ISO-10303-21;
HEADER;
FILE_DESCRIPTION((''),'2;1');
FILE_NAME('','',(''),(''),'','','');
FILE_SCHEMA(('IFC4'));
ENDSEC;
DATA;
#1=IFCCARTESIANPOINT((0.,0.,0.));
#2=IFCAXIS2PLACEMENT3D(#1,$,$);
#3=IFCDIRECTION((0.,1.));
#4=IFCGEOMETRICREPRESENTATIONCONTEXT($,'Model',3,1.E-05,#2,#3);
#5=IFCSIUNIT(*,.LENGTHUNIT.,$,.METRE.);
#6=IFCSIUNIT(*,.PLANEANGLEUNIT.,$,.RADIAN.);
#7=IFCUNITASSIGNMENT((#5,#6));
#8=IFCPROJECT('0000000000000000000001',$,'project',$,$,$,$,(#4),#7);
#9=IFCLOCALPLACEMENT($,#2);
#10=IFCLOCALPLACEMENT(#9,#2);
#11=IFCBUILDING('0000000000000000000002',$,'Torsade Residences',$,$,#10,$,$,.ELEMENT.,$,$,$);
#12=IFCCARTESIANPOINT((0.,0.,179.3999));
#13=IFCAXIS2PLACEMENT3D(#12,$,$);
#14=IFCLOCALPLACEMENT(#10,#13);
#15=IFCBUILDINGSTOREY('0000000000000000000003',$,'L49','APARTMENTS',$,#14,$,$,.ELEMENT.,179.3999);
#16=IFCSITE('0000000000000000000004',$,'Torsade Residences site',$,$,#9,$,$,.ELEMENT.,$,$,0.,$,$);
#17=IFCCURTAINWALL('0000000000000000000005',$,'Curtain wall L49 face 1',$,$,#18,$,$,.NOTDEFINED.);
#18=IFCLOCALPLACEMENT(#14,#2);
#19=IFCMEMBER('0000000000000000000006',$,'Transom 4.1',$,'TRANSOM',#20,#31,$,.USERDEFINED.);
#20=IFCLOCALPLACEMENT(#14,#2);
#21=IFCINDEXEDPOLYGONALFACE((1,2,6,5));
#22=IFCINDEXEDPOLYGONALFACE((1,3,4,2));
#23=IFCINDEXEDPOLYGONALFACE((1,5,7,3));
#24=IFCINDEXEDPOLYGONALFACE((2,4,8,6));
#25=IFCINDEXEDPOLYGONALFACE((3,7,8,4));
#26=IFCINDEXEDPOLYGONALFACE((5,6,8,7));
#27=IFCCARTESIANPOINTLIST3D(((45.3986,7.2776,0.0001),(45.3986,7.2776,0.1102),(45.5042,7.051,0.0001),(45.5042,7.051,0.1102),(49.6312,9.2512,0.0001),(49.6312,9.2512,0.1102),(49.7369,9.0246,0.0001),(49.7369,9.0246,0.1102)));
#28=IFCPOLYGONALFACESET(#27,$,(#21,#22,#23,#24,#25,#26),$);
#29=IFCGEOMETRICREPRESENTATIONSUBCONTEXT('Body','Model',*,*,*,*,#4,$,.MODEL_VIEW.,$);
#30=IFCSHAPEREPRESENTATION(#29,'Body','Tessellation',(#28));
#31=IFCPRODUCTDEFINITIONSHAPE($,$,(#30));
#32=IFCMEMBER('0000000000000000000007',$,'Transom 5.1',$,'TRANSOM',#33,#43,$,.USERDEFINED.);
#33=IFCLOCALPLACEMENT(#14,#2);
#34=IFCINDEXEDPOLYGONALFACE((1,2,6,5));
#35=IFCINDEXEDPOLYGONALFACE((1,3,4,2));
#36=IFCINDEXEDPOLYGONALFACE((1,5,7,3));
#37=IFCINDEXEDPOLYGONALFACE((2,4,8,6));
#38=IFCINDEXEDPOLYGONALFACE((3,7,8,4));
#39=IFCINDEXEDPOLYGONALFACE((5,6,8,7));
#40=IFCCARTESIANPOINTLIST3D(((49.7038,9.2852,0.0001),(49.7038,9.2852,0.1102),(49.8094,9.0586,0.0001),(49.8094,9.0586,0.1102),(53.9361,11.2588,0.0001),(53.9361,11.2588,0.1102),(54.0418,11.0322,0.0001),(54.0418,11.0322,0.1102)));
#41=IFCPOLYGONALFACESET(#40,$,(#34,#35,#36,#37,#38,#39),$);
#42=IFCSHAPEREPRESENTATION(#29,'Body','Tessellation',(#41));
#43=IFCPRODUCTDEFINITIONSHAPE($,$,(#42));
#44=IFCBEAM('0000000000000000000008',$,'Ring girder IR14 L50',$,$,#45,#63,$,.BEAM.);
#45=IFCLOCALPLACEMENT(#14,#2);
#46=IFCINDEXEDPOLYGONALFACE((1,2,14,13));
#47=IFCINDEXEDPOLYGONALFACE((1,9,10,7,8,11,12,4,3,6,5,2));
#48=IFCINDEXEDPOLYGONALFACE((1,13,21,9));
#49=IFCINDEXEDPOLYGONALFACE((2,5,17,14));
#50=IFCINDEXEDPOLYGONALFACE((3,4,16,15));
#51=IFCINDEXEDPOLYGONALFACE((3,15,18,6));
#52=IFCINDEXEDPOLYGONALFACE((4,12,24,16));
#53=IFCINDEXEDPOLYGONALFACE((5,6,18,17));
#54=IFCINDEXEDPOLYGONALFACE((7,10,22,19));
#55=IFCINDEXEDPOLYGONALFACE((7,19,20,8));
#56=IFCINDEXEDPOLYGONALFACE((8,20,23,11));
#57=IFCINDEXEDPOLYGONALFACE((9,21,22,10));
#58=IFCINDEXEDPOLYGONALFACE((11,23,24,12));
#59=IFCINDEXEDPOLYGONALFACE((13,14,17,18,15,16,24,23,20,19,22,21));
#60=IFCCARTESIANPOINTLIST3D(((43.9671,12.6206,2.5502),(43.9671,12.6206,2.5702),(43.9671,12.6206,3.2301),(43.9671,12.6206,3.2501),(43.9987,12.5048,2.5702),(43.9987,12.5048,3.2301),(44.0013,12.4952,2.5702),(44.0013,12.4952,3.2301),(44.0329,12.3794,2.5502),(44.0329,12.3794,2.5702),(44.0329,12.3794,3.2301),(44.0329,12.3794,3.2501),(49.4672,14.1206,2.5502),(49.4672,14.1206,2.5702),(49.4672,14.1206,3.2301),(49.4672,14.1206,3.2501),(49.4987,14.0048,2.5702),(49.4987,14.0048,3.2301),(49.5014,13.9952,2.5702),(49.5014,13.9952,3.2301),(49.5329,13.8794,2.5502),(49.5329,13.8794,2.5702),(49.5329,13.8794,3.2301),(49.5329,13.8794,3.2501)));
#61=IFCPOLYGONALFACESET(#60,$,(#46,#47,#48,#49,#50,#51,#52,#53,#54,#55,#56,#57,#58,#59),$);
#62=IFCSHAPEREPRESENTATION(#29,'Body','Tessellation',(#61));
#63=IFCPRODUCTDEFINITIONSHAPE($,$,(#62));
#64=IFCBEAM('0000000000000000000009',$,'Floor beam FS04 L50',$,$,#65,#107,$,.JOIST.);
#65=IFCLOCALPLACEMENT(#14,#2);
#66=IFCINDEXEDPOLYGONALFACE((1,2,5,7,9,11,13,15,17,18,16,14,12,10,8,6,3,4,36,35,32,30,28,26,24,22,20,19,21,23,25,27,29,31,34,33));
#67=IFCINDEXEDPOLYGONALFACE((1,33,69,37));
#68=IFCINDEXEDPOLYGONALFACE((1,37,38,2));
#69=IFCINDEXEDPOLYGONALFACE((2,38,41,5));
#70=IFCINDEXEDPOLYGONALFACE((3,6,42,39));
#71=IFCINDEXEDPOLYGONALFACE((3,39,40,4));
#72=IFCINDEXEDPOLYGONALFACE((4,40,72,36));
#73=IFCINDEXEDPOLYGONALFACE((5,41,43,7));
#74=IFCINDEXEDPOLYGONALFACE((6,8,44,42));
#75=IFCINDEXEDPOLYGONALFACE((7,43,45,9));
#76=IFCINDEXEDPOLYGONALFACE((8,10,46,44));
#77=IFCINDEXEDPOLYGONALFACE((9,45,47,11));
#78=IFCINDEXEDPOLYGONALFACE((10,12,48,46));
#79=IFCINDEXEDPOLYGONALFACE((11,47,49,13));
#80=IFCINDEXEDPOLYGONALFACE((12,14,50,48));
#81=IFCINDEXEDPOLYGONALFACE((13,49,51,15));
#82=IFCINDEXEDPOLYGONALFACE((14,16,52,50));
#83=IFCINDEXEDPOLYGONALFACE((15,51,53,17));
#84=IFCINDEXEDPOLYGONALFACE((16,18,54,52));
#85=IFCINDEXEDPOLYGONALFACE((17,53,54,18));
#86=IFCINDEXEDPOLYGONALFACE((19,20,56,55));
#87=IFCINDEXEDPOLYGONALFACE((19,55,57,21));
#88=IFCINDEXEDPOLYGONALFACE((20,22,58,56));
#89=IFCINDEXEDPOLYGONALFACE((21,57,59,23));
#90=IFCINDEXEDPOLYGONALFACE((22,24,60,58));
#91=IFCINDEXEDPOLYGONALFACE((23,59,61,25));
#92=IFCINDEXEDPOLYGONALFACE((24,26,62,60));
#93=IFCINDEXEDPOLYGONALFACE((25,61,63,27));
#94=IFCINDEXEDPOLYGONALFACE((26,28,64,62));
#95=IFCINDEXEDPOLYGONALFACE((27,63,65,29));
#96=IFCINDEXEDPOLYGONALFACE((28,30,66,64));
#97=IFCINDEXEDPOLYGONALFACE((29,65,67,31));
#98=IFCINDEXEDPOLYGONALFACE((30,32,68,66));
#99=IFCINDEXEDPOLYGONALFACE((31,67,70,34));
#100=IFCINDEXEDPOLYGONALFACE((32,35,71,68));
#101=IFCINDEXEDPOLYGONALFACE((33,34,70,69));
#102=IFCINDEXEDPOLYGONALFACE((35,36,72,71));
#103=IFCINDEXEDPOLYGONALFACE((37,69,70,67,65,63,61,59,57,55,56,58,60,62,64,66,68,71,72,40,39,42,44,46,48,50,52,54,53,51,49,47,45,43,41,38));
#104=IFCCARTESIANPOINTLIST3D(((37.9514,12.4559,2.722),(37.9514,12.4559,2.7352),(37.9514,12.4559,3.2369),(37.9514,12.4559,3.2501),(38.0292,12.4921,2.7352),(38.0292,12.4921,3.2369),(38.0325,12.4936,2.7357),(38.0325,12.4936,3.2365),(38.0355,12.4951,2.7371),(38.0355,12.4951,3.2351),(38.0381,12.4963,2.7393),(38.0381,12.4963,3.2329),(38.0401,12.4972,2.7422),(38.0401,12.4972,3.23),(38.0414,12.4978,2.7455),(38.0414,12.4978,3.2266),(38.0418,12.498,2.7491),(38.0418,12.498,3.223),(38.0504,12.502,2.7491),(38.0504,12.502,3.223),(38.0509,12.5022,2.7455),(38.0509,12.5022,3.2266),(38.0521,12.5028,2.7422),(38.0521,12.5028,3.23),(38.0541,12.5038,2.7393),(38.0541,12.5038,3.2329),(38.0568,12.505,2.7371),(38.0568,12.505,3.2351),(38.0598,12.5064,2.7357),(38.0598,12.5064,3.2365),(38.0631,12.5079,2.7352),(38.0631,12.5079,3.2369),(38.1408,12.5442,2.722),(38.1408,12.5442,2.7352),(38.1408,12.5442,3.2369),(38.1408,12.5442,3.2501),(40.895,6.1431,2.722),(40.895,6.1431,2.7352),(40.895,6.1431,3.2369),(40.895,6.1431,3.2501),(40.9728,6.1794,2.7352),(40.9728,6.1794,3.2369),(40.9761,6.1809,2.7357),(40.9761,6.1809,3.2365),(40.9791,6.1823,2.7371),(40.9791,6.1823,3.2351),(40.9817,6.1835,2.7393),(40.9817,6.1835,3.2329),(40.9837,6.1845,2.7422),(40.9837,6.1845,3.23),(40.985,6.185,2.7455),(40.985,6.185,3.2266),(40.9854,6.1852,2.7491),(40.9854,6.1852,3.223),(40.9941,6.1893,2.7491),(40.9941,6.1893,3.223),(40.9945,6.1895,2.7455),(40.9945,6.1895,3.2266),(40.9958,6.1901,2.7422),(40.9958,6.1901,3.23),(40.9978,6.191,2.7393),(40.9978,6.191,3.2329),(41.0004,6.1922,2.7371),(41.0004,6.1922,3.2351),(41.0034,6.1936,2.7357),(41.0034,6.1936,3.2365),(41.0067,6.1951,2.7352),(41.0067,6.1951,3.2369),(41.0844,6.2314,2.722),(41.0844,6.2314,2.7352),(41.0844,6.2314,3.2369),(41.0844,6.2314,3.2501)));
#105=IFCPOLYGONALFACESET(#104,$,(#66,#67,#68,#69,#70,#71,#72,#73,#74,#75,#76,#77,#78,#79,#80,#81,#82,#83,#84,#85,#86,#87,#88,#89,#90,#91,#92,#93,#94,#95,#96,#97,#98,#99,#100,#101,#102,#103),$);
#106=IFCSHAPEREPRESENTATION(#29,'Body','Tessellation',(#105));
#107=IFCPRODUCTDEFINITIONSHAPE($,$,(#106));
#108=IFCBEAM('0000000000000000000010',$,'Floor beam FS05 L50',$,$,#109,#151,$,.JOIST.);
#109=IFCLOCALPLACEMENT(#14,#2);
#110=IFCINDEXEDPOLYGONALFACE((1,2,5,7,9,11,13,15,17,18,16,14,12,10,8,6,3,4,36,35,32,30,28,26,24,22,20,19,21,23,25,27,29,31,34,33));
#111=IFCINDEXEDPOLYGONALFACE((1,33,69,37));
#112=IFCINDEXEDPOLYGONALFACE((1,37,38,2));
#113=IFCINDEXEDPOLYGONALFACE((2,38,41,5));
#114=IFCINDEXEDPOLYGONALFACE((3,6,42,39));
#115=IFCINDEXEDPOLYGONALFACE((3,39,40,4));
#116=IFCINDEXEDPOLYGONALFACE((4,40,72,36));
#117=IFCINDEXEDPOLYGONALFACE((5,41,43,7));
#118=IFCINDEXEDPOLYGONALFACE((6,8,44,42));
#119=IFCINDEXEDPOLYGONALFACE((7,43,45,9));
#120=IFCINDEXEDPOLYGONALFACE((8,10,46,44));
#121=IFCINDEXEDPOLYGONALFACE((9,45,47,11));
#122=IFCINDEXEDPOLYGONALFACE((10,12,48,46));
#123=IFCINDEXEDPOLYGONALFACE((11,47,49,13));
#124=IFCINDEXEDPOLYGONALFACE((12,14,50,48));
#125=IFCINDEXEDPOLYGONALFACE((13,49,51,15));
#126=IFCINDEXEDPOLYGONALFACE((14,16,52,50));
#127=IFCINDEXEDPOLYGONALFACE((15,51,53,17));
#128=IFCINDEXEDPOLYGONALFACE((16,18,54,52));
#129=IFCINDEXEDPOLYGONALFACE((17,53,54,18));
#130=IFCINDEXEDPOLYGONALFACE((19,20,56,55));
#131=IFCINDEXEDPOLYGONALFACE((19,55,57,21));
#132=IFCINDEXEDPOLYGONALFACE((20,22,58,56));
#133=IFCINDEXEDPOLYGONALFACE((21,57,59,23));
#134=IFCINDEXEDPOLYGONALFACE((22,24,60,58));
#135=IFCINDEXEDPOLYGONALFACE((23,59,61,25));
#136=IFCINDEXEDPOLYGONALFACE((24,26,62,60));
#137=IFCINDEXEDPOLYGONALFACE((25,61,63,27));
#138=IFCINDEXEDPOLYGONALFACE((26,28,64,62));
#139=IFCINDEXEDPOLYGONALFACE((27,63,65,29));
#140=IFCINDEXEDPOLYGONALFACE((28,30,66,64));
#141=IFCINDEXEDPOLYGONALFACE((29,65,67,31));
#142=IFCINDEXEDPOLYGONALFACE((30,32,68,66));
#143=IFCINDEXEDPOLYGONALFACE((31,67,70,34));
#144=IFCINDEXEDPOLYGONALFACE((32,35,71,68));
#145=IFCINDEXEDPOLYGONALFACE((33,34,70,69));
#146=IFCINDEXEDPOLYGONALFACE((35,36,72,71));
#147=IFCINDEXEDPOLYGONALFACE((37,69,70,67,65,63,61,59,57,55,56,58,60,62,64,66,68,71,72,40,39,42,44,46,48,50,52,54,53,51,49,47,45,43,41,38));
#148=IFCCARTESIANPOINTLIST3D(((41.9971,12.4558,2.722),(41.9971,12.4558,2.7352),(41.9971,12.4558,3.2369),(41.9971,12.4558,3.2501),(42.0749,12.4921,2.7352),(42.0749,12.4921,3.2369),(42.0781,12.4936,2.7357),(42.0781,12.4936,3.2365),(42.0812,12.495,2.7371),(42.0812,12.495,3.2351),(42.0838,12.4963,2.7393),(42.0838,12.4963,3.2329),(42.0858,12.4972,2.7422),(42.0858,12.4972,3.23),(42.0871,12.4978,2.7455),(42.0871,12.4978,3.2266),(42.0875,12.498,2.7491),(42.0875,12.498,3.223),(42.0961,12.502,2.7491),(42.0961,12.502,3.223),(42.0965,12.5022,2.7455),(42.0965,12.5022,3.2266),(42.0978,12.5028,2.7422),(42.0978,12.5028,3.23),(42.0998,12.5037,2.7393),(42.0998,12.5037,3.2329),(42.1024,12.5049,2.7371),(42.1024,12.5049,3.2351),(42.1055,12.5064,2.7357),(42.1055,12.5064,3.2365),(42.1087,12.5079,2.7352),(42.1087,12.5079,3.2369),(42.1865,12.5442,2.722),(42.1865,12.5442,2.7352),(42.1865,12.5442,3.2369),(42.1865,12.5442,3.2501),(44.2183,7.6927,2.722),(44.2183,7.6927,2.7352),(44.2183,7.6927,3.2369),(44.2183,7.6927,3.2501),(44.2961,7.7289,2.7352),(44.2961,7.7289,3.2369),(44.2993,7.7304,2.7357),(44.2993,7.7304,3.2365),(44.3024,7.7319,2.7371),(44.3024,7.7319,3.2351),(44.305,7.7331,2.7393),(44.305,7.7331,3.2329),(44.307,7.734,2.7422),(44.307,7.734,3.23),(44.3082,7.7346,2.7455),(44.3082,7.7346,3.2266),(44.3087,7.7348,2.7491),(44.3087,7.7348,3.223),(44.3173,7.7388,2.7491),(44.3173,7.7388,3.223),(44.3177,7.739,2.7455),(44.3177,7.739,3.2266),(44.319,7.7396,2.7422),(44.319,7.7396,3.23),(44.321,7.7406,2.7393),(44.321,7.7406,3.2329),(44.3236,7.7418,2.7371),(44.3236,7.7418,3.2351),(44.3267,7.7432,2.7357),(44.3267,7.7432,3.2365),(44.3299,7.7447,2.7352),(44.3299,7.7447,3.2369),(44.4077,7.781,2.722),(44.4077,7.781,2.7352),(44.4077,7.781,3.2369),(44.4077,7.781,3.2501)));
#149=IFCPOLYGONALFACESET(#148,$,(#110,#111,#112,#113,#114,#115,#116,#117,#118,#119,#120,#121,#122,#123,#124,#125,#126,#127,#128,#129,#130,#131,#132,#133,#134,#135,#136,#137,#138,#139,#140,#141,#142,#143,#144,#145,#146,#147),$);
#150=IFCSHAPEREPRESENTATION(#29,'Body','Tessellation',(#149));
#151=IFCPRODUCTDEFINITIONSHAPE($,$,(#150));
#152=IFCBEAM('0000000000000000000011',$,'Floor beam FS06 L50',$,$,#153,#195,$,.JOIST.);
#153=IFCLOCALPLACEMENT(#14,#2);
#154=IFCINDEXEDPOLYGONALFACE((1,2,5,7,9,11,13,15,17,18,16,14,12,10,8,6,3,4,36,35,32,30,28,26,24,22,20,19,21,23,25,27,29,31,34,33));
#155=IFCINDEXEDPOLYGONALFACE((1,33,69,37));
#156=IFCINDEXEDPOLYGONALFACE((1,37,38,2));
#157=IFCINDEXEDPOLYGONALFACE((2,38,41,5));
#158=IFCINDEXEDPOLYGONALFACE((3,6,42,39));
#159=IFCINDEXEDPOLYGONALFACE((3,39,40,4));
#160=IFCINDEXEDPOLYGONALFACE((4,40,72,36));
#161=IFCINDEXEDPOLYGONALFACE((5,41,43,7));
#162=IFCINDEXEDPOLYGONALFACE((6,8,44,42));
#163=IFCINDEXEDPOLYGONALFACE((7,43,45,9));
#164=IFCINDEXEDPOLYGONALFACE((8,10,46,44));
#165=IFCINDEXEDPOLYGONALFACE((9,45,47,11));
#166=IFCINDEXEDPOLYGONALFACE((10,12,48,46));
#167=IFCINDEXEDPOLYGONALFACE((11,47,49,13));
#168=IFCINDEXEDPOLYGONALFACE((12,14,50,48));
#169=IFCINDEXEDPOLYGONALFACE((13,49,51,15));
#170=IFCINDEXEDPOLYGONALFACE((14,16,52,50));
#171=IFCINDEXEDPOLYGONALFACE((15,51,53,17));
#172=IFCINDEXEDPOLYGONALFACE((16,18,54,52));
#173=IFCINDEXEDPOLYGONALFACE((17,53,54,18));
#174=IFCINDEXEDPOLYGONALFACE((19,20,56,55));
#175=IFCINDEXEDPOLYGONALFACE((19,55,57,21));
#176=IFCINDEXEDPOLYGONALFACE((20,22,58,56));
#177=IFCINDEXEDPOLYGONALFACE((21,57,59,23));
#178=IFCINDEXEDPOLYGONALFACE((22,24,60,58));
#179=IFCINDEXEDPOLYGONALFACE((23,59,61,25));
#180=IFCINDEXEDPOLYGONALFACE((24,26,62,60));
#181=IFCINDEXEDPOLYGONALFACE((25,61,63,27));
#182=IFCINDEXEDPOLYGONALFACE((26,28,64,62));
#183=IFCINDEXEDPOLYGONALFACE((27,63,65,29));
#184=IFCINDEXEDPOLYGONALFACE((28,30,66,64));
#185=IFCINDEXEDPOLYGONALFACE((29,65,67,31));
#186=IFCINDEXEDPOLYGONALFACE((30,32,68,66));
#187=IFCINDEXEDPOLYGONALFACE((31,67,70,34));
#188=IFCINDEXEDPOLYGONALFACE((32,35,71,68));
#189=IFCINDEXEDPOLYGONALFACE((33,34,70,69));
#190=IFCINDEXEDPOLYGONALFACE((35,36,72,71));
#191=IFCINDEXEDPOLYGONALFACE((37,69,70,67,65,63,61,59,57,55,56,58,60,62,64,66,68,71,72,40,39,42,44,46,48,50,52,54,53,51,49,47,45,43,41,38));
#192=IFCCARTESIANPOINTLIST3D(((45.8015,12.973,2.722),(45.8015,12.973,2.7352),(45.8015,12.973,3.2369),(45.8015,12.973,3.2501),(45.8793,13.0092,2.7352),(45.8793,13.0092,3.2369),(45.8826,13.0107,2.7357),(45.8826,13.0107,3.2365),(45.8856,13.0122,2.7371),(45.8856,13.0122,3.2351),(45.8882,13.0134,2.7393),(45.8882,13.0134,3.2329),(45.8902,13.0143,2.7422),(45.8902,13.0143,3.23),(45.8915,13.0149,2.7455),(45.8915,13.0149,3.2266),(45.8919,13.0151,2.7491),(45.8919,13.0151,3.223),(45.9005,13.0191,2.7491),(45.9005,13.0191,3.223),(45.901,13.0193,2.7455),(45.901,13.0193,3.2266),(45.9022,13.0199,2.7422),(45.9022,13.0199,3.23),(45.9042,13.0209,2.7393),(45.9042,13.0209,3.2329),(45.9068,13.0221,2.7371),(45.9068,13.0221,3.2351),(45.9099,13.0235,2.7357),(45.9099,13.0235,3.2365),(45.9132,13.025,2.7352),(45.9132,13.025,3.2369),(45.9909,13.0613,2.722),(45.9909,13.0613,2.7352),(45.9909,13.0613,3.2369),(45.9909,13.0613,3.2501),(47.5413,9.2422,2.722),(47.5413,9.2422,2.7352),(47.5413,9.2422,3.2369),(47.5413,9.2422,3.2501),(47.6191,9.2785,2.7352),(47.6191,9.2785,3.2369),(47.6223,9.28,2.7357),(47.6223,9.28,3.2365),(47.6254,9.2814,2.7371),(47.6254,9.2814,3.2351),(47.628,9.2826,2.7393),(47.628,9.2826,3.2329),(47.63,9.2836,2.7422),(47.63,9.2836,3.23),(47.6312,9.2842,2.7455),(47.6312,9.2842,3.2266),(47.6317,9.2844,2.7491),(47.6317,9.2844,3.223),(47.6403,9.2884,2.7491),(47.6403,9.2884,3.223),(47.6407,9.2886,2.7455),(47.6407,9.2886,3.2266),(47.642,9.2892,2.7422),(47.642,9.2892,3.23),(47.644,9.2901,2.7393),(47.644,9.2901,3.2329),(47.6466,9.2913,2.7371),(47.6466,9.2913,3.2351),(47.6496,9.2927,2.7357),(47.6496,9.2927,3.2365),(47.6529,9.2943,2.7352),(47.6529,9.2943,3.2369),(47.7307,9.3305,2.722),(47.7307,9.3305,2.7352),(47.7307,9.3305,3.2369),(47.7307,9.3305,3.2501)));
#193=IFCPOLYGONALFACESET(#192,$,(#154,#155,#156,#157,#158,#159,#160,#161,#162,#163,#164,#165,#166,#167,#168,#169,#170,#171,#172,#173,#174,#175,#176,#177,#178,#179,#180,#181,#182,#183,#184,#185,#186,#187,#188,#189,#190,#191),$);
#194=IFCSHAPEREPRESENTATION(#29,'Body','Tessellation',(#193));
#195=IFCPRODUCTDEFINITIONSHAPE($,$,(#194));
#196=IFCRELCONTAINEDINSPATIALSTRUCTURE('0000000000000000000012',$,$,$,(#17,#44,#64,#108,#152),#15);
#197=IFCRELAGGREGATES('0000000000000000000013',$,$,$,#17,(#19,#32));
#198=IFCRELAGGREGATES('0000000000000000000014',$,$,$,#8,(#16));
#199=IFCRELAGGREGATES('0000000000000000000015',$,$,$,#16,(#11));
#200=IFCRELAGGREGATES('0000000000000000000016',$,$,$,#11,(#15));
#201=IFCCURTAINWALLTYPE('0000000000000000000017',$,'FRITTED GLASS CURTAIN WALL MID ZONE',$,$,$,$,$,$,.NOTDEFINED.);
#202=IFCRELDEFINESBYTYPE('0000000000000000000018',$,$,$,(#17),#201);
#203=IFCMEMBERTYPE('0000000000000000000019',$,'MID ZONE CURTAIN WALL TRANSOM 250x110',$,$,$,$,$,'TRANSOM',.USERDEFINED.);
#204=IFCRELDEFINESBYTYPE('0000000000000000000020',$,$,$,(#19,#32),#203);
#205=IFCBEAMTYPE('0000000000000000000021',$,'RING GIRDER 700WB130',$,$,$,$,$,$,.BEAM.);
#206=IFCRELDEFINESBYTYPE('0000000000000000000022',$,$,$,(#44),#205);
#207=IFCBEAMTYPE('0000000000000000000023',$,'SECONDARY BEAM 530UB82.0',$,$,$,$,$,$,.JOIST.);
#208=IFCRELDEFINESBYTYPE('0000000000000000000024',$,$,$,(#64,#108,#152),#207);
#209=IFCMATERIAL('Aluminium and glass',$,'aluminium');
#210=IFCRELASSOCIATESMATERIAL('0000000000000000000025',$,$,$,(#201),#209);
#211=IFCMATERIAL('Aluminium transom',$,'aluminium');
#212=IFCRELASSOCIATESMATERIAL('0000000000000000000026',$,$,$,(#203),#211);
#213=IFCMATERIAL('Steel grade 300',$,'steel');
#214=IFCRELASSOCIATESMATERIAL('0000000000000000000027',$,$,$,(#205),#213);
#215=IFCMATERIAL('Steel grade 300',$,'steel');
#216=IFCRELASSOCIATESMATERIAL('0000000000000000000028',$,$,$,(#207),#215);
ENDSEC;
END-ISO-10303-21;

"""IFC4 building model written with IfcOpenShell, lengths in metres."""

from ifc_helpers import new_model, si_unit, direction, frame, origin, origin_2d, place, context, subcontext, project, spatial, rectangle, i_section, extrude, material, material_profile, profile_set, type_object, element, aggregate, save


model = new_model("IFC4")

# Units and contexts
model_context = context("Model", 3, precision=1e-05, world=origin(), true_north=direction((0.0, 1.0)))
body_context = subcontext(model_context, "Body", "Model", "MODEL_VIEW")
ifc_project = project(units=[si_unit("LENGTHUNIT", "METRE"), si_unit("PLANEANGLEUNIT", "RADIAN")], contexts=[model_context])

# Site, building, storey
site_placement = place(None, origin())
site = spatial("IfcSite", under=ifc_project, at=site_placement, Name="Torsade Residences site", CompositionType="ELEMENT", RefElevation=0.0)
building_placement = place(site_placement, origin())
building = spatial("IfcBuilding", under=site, at=building_placement, Name="Torsade Residences", CompositionType="ELEMENT")
storey_placement = place(building_placement, frame((0.0, 0.0, 179.3999)))
storey = spatial("IfcBuildingStorey", under=building, at=storey_placement, Name="L49", Description="APARTMENTS", CompositionType="ELEMENT", Elevation=179.3999)

# Curtain wall, members
ifc_material_1 = material(Name="Aluminium and glass", Category="aluminium")
curtain_wall_type = type_object("IfcCurtainWallType", Name="FRITTED GLASS CURTAIN WALL MID ZONE", PredefinedType="NOTDEFINED", material=ifc_material_1)
curtain_wall_placement = place(storey_placement, origin())
curtain_wall = element("IfcCurtainWall", 1, at=curtain_wall_placement, inside=storey, type_object=curtain_wall_type, Name="Curtain wall L49 face 1", PredefinedType="NOTDEFINED")
ifc_material_2 = material(Name="Aluminium transom", Category="aluminium")
ifc_material_profile_1 = material_profile(ifc_material_2, rectangle(XDim=0.25, YDim=0.1101, at=origin_2d()), Name="MID ZONE CURTAIN WALL TRANSOM 250x110")
ifc_profile_set_1 = profile_set([ifc_material_profile_1], Name="Aluminium transom")
member_type_1 = type_object("IfcMemberType", Name="MID ZONE CURTAIN WALL TRANSOM 250x110", ElementType="TRANSOM", PredefinedType="USERDEFINED", material=ifc_profile_set_1)
member_1_placement = place(storey_placement, frame((45.4514, 7.1643, 0.0552), z_axis=(0.906315, 0.422602, 0.0), x_axis=(-0.422602, 0.906315, 0.0)))
member_1 = element("IfcMember", 2, at=member_1_placement, type_object=member_type_1, Name="Transom 4.1", ObjectType="TRANSOM", PredefinedType="USERDEFINED", context=body_context, shape_type="SweptSolid", body=[
    extrude(rectangle(XDim=0.25, YDim=0.1101, at=origin_2d()), origin(), (0.0, 0.0, 1.0), 4.6702),
])
member_2_placement = place(storey_placement, frame((49.7566, 9.1719, 0.0552), z_axis=(0.906306, 0.422622, 0.0), x_axis=(-0.422622, 0.906306, 0.0)))
member_2 = element("IfcMember", 3, at=member_2_placement, type_object=member_type_1, Name="Transom 5.1", ObjectType="TRANSOM", PredefinedType="USERDEFINED", context=body_context, shape_type="SweptSolid", body=[
    extrude(rectangle(XDim=0.25, YDim=0.1101, at=origin_2d()), origin(), (0.0, 0.0, 1.0), 4.6699),
])

# Beams
ifc_material_3 = material(Name="Steel grade 300", Category="steel")
ifc_material_profile_2 = material_profile(ifc_material_3, i_section(OverallWidth=0.25, OverallDepth=0.7, WebThickness=0.01, FlangeThickness=0.02, at=origin_2d()), Name="700WB130")
ifc_profile_set_2 = profile_set([ifc_material_profile_2], Name="Steel grade 300")
beam_type_1 = type_object("IfcBeamType", Name="RING GIRDER 700WB130", PredefinedType="BEAM", material=ifc_profile_set_2)
beam_1_placement = place(storey_placement, frame((44.0, 12.5, 2.9001), z_axis=(0.964764, 0.263117, 0.0), x_axis=(-0.263117, 0.964764, 0.0)))
element("IfcBeam", 4, at=beam_1_placement, inside=storey, type_object=beam_type_1, Name="Ring girder IR14 L50", PredefinedType="BEAM", context=body_context, shape_type="SweptSolid", body=[
    extrude(i_section(OverallWidth=0.25, OverallDepth=0.7, WebThickness=0.01, FlangeThickness=0.02, at=origin_2d()), origin(), (0.0, 0.0, 1.0), 5.7009),
])
ifc_material_4 = material(Name="Steel grade 300", Category="steel")
ifc_material_profile_3 = material_profile(ifc_material_4, i_section(OverallWidth=0.209, OverallDepth=0.5281, WebThickness=0.0095, FlangeThickness=0.0132, FilletRadius=0.0139, at=origin_2d()), Name="530UB82.0")
ifc_profile_set_3 = profile_set([ifc_material_profile_3], Name="Steel grade 300")
beam_type_2 = type_object("IfcBeamType", Name="SECONDARY BEAM 530UB82.0", PredefinedType="JOIST", material=ifc_profile_set_3)
beam_2_placement = place(storey_placement, frame((40.9897, 6.1873, 2.9861), z_axis=(-0.422609, 0.906312, 0.0), x_axis=(-0.906312, -0.422609, 0.0)))
element("IfcBeam", 5, at=beam_2_placement, inside=storey, type_object=beam_type_2, Name="Floor beam FS04 L50", PredefinedType="JOIST", context=body_context, shape_type="SweptSolid", body=[
    extrude(i_section(OverallWidth=0.209, OverallDepth=0.5281, WebThickness=0.0095, FlangeThickness=0.0132, FilletRadius=0.0139, at=origin_2d()), origin(), (0.0, 0.0, 1.0), 6.9653),
])
beam_3_placement = place(storey_placement, frame((44.313, 7.7368, 2.9861), z_axis=(-0.422631, 0.906302, 0.0), x_axis=(-0.906302, -0.422631, 0.0)))
element("IfcBeam", 6, at=beam_3_placement, inside=storey, type_object=beam_type_2, Name="Floor beam FS05 L50", PredefinedType="JOIST", context=body_context, shape_type="SweptSolid", body=[
    extrude(i_section(OverallWidth=0.209, OverallDepth=0.5281, WebThickness=0.0095, FlangeThickness=0.0132, FilletRadius=0.0139, at=origin_2d()), origin(), (0.0, 0.0, 1.0), 5.2556),
])
beam_4_placement = place(storey_placement, frame((47.636, 9.2864, 2.9861), z_axis=(-0.422635, 0.9063, 0.0), x_axis=(-0.9063, -0.422635, 0.0)))
element("IfcBeam", 7, at=beam_4_placement, inside=storey, type_object=beam_type_2, Name="Floor beam FS06 L50", PredefinedType="JOIST", context=body_context, shape_type="SweptSolid", body=[
    extrude(i_section(OverallWidth=0.209, OverallDepth=0.5281, WebThickness=0.0095, FlangeThickness=0.0132, FilletRadius=0.0139, at=origin_2d()), origin(), (0.0, 0.0, 1.0), 4.1165),
])

aggregate(curtain_wall, [member_1, member_2])

save(model, "model.ifc")
